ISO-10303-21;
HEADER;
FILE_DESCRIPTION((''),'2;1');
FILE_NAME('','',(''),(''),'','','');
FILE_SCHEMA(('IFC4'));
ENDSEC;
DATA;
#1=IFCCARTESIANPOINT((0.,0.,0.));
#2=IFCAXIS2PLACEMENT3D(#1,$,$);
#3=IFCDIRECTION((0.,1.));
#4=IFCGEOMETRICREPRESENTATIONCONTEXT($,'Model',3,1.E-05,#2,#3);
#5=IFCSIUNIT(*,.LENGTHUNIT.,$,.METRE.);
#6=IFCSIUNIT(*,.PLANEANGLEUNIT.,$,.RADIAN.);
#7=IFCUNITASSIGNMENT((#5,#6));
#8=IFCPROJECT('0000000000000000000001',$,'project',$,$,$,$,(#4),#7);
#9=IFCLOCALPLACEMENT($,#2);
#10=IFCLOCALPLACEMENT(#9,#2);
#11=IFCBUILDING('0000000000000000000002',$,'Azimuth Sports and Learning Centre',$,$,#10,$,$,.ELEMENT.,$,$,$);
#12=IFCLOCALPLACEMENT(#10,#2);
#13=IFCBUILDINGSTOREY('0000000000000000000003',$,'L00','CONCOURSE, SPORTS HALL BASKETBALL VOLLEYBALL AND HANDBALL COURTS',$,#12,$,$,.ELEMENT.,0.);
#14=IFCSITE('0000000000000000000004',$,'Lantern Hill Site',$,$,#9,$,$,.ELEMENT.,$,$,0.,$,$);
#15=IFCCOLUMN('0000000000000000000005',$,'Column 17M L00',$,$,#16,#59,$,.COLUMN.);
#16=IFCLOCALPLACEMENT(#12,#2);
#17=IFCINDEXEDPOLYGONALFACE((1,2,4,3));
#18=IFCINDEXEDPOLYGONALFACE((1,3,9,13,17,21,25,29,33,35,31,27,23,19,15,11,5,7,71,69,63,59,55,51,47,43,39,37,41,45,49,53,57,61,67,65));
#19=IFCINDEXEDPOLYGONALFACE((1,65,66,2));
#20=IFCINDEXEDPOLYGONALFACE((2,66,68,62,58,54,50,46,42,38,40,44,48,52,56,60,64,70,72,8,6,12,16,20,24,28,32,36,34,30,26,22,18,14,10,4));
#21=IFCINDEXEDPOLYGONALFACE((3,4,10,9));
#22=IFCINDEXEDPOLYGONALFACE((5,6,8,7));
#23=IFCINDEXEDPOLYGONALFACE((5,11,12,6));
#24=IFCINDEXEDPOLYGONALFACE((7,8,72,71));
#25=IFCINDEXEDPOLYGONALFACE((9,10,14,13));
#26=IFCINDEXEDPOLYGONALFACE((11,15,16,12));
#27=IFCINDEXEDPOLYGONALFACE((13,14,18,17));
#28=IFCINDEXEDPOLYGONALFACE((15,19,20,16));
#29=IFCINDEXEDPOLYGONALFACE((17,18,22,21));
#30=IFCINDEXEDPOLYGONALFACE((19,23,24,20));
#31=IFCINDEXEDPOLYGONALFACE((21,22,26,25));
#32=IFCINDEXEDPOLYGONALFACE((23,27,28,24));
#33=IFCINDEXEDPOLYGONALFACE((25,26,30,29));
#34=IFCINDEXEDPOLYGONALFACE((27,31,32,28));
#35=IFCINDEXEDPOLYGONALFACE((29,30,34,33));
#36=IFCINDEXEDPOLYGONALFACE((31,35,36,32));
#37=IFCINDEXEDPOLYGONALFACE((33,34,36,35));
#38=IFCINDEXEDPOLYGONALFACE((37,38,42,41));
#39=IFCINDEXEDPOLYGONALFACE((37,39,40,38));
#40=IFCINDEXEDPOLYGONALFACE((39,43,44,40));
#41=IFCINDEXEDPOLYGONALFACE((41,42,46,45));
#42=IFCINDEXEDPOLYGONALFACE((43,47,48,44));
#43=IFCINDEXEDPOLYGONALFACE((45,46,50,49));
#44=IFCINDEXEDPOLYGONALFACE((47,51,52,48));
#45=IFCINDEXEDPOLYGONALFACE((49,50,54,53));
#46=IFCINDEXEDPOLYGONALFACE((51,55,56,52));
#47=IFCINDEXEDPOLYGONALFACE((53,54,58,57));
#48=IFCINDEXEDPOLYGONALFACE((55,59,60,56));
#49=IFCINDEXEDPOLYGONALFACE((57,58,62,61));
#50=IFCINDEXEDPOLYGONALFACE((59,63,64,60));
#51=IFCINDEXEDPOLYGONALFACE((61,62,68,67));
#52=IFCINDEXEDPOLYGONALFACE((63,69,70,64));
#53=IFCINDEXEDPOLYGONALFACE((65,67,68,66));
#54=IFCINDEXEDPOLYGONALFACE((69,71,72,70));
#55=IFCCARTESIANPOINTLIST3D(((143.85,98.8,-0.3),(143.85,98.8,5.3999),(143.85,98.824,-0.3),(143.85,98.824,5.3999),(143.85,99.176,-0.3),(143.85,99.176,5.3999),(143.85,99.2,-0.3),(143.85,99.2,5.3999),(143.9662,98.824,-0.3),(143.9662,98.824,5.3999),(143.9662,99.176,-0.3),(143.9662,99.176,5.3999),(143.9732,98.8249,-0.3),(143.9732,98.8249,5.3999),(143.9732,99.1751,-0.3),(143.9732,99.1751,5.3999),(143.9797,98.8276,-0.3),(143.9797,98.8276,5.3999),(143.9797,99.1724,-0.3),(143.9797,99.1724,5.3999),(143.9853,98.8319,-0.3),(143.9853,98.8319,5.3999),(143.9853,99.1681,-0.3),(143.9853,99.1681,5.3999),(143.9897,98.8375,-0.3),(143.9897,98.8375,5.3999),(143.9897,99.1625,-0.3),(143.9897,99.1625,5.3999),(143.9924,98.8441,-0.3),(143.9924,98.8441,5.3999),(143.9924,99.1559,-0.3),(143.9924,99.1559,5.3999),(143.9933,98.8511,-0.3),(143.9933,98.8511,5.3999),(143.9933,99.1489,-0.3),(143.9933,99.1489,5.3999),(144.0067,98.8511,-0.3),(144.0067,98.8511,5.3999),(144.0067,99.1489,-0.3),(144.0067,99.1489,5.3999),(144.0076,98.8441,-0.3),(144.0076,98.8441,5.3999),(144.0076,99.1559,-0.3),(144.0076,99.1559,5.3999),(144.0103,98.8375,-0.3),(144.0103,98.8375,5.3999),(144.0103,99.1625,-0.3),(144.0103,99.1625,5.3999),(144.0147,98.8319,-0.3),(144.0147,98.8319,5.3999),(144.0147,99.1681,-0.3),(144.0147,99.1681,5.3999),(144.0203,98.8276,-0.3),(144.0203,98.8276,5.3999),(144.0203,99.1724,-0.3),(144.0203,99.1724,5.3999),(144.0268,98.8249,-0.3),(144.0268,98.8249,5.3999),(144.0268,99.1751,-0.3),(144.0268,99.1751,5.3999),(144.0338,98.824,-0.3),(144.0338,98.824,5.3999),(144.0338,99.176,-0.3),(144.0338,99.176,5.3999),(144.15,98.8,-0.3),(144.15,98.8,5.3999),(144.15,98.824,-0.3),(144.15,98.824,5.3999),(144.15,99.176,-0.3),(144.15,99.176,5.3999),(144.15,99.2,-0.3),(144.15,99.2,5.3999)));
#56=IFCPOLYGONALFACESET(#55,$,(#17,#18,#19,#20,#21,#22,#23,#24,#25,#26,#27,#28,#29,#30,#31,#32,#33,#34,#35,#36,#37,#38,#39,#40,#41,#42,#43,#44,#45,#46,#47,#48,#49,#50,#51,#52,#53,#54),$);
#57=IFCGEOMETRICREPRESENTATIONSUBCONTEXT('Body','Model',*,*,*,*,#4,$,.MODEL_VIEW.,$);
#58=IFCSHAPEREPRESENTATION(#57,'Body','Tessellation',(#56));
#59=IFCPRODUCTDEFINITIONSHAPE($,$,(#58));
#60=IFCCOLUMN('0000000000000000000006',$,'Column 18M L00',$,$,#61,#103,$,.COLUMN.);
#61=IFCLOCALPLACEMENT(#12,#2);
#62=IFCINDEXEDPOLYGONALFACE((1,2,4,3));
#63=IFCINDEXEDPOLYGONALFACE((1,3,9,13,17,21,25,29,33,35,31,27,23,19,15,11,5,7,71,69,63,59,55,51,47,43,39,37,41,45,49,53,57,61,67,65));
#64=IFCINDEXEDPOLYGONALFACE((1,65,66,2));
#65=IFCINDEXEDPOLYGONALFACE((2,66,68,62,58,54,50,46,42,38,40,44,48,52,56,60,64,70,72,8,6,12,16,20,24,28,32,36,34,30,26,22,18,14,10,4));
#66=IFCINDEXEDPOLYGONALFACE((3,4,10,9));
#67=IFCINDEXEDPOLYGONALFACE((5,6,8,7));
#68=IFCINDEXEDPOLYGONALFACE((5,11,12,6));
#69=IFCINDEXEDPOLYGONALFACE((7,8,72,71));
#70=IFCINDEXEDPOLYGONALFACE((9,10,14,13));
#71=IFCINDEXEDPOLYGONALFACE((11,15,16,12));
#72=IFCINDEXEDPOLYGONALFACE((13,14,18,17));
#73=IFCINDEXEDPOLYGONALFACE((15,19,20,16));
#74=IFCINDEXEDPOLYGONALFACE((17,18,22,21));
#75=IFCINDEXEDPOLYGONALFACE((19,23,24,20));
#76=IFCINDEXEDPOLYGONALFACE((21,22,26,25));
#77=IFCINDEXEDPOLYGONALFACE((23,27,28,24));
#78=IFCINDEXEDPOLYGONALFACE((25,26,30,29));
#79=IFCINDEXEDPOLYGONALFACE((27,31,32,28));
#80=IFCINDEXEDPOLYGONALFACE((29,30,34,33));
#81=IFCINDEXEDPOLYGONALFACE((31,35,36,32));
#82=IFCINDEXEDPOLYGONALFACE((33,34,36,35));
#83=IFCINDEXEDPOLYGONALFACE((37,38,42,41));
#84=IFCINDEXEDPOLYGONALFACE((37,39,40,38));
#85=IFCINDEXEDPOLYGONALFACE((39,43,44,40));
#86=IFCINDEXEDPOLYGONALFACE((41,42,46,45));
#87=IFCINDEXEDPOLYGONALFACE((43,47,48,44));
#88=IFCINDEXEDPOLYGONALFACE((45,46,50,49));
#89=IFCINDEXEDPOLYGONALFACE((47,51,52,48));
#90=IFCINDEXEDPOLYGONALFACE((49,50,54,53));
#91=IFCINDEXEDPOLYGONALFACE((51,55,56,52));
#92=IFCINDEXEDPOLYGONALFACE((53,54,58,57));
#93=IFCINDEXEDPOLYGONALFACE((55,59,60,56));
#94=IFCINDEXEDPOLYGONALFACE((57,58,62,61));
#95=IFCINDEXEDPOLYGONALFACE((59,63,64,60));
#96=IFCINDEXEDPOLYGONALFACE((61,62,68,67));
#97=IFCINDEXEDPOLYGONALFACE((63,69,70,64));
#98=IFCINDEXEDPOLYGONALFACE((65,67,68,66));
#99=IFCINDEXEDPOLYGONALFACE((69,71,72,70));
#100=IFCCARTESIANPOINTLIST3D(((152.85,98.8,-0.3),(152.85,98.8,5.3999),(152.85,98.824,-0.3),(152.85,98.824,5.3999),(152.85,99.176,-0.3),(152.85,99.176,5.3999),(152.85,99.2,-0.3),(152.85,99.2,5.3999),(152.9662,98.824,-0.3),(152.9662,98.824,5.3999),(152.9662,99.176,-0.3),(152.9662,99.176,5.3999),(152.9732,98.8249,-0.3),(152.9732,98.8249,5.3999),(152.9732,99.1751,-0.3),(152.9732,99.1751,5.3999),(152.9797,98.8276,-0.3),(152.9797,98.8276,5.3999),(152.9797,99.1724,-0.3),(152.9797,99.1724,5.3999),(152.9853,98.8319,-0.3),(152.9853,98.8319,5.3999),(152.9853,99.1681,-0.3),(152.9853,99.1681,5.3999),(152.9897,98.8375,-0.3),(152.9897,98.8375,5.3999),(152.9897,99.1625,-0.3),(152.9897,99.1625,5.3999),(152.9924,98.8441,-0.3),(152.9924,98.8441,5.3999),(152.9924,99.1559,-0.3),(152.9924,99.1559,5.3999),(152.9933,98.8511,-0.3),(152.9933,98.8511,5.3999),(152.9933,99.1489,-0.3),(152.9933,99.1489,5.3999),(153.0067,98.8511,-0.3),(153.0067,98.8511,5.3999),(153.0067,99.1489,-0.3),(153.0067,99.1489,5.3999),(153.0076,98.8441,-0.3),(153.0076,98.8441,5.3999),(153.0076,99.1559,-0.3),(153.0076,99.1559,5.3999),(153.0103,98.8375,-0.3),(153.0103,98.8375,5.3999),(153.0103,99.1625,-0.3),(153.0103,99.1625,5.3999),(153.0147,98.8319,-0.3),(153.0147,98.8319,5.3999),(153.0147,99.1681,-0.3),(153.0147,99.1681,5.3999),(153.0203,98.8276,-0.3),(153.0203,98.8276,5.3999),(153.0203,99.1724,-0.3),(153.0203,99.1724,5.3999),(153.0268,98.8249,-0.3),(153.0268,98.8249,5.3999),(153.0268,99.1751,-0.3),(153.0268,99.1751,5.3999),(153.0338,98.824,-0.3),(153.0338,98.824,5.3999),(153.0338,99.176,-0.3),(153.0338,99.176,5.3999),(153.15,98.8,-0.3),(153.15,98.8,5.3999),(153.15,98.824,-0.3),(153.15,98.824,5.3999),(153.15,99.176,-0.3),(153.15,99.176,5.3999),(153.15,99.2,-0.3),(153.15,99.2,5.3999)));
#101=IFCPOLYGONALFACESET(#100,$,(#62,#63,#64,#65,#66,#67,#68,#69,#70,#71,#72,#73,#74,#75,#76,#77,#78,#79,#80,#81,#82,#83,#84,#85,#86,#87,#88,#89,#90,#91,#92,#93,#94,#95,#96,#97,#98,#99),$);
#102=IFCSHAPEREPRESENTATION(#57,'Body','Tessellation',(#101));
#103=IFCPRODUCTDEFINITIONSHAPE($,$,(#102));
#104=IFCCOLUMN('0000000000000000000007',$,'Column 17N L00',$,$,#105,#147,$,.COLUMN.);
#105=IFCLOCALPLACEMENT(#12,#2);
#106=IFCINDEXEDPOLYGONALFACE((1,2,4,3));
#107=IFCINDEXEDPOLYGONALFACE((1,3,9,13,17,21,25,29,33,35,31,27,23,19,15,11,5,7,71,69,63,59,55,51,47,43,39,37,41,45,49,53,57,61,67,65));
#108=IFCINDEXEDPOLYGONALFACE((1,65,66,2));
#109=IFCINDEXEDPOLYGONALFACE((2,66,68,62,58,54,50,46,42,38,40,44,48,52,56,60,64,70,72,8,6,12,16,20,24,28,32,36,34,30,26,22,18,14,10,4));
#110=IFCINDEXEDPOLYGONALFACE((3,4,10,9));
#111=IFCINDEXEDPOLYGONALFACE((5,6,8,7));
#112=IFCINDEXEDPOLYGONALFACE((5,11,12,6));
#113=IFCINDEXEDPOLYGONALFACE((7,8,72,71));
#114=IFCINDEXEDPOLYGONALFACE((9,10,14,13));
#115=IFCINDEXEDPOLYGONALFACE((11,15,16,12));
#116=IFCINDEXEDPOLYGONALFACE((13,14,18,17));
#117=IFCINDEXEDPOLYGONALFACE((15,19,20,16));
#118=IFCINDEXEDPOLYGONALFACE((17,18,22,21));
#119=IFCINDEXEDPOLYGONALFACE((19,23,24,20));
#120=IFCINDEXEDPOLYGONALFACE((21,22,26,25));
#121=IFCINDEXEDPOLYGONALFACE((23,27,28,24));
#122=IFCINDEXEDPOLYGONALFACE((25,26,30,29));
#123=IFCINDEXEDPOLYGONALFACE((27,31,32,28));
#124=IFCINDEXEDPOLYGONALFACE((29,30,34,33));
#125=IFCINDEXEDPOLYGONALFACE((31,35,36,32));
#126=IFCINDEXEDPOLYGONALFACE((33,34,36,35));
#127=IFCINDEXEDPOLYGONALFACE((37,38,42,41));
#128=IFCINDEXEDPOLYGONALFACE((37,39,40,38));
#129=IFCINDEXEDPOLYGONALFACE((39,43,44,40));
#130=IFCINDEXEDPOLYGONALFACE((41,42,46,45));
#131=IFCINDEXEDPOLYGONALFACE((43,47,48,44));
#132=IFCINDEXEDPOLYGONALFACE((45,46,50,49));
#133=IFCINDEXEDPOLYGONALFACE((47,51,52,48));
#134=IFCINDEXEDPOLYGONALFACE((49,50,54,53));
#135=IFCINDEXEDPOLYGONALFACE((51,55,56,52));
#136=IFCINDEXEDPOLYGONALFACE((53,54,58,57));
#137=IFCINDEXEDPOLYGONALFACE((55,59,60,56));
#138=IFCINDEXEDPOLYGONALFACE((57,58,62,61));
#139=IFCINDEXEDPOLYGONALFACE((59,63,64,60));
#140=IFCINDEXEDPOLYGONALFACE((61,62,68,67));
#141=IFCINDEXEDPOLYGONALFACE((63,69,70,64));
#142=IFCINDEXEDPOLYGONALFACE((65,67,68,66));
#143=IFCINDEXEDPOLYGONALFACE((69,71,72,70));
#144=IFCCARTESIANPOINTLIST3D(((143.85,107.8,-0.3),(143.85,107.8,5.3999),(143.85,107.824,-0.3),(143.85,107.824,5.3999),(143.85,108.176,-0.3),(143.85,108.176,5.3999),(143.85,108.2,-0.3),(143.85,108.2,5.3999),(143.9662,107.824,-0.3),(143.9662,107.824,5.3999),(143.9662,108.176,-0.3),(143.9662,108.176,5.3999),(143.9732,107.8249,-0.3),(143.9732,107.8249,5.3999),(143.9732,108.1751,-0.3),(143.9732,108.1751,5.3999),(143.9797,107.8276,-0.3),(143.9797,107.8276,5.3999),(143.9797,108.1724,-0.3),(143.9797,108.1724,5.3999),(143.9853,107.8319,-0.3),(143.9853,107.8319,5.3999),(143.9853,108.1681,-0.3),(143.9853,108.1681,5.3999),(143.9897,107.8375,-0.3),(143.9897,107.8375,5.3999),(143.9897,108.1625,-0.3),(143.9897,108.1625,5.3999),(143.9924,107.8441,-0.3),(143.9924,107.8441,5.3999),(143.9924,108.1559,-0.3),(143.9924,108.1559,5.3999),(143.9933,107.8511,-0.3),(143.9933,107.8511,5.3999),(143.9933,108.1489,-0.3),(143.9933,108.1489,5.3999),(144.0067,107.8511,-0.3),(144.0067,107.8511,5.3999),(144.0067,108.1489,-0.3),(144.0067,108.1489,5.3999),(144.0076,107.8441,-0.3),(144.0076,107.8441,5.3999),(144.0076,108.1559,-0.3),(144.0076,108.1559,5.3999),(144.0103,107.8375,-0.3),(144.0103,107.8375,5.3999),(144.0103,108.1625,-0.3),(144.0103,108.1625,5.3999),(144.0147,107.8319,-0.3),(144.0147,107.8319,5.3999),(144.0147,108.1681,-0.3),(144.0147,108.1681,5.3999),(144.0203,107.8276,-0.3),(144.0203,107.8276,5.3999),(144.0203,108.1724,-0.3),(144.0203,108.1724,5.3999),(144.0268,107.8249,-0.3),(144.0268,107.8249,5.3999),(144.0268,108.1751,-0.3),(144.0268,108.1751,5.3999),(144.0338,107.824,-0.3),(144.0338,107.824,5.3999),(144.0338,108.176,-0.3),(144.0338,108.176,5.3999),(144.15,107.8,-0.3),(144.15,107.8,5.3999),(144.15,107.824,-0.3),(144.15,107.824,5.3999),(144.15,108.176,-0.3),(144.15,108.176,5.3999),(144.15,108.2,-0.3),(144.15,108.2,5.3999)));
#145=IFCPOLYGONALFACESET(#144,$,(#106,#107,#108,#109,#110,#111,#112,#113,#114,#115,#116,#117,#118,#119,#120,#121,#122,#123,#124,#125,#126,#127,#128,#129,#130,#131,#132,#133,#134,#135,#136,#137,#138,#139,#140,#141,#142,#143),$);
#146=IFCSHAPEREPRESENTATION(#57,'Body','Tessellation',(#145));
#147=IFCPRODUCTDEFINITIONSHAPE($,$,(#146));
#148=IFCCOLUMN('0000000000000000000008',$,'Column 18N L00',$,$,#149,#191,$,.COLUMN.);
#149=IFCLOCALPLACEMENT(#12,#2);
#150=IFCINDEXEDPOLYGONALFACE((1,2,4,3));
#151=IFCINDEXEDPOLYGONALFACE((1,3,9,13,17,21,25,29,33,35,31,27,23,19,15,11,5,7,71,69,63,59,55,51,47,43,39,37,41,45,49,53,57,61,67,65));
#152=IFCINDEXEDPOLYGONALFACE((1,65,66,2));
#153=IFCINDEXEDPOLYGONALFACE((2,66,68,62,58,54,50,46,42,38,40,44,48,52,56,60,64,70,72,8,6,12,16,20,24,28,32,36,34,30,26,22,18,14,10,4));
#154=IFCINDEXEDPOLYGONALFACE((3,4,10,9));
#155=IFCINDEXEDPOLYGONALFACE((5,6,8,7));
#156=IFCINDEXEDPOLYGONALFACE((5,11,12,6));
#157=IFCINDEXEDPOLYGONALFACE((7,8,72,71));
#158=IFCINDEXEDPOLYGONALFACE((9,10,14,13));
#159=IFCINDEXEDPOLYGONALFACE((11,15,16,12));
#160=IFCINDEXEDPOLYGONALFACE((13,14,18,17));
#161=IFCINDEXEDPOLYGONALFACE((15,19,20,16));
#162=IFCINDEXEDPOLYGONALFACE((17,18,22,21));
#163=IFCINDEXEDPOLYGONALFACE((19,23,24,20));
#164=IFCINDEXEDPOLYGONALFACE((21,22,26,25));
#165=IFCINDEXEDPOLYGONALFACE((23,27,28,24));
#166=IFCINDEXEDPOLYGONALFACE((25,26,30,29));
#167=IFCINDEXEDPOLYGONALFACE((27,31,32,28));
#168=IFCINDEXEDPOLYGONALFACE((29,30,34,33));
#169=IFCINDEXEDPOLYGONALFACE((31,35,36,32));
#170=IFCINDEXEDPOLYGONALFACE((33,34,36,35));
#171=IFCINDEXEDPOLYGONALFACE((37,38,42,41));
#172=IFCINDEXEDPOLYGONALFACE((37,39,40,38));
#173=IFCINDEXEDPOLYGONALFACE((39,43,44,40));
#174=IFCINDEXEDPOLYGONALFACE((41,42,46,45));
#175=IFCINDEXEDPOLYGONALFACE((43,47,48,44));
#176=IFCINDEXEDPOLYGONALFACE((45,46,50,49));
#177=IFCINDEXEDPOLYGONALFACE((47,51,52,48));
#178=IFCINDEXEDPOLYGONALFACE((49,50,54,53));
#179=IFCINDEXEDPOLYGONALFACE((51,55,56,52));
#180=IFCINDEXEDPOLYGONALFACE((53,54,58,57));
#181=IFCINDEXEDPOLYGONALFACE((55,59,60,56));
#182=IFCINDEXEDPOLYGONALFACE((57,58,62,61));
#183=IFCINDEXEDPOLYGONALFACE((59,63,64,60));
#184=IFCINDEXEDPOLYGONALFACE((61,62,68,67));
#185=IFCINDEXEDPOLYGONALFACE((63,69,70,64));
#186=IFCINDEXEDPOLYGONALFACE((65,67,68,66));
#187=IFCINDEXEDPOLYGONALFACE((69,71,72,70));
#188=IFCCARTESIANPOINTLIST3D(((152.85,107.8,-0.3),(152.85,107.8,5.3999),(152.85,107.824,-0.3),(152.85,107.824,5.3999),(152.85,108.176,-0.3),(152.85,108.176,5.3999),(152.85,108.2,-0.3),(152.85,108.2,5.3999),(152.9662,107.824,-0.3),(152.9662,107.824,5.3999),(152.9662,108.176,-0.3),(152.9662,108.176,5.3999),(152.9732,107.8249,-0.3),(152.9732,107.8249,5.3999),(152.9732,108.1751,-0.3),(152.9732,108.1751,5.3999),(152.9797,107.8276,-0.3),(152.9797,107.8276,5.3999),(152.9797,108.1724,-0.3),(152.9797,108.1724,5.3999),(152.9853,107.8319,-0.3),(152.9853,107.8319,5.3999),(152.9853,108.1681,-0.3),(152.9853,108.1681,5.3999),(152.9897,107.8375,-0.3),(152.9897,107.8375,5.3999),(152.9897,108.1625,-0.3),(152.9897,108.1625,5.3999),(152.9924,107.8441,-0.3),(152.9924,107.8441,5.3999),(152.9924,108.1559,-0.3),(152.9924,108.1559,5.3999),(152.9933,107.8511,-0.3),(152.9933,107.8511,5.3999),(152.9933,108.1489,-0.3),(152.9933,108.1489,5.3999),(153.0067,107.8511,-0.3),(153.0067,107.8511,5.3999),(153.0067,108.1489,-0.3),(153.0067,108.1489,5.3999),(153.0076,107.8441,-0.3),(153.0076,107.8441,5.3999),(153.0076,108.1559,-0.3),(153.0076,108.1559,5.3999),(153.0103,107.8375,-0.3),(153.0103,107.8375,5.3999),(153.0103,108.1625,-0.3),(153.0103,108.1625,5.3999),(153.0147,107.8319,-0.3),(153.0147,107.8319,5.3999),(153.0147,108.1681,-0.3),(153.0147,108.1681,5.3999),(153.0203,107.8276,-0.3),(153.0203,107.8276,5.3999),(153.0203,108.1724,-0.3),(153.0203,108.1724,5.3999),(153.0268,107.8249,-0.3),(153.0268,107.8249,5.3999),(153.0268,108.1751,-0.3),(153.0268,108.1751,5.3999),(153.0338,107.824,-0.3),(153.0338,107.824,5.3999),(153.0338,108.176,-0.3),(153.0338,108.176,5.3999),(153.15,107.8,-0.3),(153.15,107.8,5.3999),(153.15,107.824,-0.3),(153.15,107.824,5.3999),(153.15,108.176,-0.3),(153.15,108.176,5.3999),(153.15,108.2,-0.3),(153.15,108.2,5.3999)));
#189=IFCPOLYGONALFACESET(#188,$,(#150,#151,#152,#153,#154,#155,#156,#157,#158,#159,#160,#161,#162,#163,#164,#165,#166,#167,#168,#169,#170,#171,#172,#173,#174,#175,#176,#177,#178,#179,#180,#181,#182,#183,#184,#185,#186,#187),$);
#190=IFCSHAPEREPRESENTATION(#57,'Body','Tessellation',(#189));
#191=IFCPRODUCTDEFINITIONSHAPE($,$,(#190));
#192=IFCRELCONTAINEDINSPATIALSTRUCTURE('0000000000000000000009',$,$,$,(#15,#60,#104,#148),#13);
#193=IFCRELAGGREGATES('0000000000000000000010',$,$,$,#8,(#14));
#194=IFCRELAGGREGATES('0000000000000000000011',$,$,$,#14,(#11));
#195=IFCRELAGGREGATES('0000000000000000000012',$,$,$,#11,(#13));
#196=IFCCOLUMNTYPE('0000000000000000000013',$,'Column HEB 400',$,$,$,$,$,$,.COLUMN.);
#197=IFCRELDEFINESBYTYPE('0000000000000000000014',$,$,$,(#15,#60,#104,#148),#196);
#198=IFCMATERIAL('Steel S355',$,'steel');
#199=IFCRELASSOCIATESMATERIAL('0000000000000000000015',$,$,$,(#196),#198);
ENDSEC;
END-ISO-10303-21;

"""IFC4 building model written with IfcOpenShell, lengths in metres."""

from ifc_helpers import new_model, si_unit, direction, frame, origin, origin_2d, place, context, subcontext, project, spatial, i_section, extrude, material, material_profile, profile_set, type_object, element, save


model = new_model("IFC4")

# Units and contexts
model_context = context("Model", 3, precision=1e-05, world=origin(), true_north=direction((0.0, 1.0)))
body_context = subcontext(model_context, "Body", "Model", "MODEL_VIEW")
ifc_project = project(units=[si_unit("LENGTHUNIT", "METRE"), si_unit("PLANEANGLEUNIT", "RADIAN")], contexts=[model_context])

# Site, building, storey
site_placement = place(None, origin())
site = spatial("IfcSite", under=ifc_project, at=site_placement, Name="Lantern Hill Site", CompositionType="ELEMENT", RefElevation=0.0)
building_placement = place(site_placement, origin())
building = spatial("IfcBuilding", under=site, at=building_placement, Name="Azimuth Sports and Learning Centre", CompositionType="ELEMENT")
storey_placement = place(building_placement, origin())
storey = spatial("IfcBuildingStorey", under=building, at=storey_placement, Name="L00", Description="CONCOURSE, SPORTS HALL BASKETBALL VOLLEYBALL AND HANDBALL COURTS", CompositionType="ELEMENT", Elevation=0.0)

# Columns
ifc_material_1 = material(Name="Steel S355", Category="steel")
ifc_material_profile_1 = material_profile(ifc_material_1, i_section(OverallWidth=0.3, OverallDepth=0.3999, WebThickness=0.0134, FlangeThickness=0.0239, FilletRadius=0.0271, at=origin_2d()), Name="HEB 400")
ifc_profile_set_1 = profile_set([ifc_material_profile_1], Name="Steel S355")
column_type = type_object("IfcColumnType", Name="Column HEB 400", PredefinedType="COLUMN", material=ifc_profile_set_1)
for number, where, z_axis, x_axis, name in (
    (1, (144.0, 99.0, -0.3), (0.0, 0.0, 1.0), (1.0, 0.0, 0.0), "Column 17M L00"),
    (2, (153.0, 99.0, -0.3), (0.0, 0.0, 1.0), (1.0, 0.0, 0.0), "Column 18M L00"),
    (3, (144.0, 108.0, -0.3), (0.0, 0.0, 1.0), (1.0, 0.0, 0.0), "Column 17N L00"),
    (4, (153.0, 108.0, -0.3), (0.0, 0.0, 1.0), (1.0, 0.0, 0.0), "Column 18N L00"),
):
    element("IfcColumn", number, at=place(storey_placement, frame(where, z_axis=z_axis, x_axis=x_axis)), inside=storey, type_object=column_type, Name=name, PredefinedType="COLUMN", context=body_context, shape_type="SweptSolid", body=[
        extrude(i_section(OverallWidth=0.3, OverallDepth=0.3999, WebThickness=0.0134, FlangeThickness=0.0239, FilletRadius=0.0271, at=origin_2d()), origin(), (0.0, 0.0, 1.0), 5.7),
    ])

save(model, "model.ifc")
